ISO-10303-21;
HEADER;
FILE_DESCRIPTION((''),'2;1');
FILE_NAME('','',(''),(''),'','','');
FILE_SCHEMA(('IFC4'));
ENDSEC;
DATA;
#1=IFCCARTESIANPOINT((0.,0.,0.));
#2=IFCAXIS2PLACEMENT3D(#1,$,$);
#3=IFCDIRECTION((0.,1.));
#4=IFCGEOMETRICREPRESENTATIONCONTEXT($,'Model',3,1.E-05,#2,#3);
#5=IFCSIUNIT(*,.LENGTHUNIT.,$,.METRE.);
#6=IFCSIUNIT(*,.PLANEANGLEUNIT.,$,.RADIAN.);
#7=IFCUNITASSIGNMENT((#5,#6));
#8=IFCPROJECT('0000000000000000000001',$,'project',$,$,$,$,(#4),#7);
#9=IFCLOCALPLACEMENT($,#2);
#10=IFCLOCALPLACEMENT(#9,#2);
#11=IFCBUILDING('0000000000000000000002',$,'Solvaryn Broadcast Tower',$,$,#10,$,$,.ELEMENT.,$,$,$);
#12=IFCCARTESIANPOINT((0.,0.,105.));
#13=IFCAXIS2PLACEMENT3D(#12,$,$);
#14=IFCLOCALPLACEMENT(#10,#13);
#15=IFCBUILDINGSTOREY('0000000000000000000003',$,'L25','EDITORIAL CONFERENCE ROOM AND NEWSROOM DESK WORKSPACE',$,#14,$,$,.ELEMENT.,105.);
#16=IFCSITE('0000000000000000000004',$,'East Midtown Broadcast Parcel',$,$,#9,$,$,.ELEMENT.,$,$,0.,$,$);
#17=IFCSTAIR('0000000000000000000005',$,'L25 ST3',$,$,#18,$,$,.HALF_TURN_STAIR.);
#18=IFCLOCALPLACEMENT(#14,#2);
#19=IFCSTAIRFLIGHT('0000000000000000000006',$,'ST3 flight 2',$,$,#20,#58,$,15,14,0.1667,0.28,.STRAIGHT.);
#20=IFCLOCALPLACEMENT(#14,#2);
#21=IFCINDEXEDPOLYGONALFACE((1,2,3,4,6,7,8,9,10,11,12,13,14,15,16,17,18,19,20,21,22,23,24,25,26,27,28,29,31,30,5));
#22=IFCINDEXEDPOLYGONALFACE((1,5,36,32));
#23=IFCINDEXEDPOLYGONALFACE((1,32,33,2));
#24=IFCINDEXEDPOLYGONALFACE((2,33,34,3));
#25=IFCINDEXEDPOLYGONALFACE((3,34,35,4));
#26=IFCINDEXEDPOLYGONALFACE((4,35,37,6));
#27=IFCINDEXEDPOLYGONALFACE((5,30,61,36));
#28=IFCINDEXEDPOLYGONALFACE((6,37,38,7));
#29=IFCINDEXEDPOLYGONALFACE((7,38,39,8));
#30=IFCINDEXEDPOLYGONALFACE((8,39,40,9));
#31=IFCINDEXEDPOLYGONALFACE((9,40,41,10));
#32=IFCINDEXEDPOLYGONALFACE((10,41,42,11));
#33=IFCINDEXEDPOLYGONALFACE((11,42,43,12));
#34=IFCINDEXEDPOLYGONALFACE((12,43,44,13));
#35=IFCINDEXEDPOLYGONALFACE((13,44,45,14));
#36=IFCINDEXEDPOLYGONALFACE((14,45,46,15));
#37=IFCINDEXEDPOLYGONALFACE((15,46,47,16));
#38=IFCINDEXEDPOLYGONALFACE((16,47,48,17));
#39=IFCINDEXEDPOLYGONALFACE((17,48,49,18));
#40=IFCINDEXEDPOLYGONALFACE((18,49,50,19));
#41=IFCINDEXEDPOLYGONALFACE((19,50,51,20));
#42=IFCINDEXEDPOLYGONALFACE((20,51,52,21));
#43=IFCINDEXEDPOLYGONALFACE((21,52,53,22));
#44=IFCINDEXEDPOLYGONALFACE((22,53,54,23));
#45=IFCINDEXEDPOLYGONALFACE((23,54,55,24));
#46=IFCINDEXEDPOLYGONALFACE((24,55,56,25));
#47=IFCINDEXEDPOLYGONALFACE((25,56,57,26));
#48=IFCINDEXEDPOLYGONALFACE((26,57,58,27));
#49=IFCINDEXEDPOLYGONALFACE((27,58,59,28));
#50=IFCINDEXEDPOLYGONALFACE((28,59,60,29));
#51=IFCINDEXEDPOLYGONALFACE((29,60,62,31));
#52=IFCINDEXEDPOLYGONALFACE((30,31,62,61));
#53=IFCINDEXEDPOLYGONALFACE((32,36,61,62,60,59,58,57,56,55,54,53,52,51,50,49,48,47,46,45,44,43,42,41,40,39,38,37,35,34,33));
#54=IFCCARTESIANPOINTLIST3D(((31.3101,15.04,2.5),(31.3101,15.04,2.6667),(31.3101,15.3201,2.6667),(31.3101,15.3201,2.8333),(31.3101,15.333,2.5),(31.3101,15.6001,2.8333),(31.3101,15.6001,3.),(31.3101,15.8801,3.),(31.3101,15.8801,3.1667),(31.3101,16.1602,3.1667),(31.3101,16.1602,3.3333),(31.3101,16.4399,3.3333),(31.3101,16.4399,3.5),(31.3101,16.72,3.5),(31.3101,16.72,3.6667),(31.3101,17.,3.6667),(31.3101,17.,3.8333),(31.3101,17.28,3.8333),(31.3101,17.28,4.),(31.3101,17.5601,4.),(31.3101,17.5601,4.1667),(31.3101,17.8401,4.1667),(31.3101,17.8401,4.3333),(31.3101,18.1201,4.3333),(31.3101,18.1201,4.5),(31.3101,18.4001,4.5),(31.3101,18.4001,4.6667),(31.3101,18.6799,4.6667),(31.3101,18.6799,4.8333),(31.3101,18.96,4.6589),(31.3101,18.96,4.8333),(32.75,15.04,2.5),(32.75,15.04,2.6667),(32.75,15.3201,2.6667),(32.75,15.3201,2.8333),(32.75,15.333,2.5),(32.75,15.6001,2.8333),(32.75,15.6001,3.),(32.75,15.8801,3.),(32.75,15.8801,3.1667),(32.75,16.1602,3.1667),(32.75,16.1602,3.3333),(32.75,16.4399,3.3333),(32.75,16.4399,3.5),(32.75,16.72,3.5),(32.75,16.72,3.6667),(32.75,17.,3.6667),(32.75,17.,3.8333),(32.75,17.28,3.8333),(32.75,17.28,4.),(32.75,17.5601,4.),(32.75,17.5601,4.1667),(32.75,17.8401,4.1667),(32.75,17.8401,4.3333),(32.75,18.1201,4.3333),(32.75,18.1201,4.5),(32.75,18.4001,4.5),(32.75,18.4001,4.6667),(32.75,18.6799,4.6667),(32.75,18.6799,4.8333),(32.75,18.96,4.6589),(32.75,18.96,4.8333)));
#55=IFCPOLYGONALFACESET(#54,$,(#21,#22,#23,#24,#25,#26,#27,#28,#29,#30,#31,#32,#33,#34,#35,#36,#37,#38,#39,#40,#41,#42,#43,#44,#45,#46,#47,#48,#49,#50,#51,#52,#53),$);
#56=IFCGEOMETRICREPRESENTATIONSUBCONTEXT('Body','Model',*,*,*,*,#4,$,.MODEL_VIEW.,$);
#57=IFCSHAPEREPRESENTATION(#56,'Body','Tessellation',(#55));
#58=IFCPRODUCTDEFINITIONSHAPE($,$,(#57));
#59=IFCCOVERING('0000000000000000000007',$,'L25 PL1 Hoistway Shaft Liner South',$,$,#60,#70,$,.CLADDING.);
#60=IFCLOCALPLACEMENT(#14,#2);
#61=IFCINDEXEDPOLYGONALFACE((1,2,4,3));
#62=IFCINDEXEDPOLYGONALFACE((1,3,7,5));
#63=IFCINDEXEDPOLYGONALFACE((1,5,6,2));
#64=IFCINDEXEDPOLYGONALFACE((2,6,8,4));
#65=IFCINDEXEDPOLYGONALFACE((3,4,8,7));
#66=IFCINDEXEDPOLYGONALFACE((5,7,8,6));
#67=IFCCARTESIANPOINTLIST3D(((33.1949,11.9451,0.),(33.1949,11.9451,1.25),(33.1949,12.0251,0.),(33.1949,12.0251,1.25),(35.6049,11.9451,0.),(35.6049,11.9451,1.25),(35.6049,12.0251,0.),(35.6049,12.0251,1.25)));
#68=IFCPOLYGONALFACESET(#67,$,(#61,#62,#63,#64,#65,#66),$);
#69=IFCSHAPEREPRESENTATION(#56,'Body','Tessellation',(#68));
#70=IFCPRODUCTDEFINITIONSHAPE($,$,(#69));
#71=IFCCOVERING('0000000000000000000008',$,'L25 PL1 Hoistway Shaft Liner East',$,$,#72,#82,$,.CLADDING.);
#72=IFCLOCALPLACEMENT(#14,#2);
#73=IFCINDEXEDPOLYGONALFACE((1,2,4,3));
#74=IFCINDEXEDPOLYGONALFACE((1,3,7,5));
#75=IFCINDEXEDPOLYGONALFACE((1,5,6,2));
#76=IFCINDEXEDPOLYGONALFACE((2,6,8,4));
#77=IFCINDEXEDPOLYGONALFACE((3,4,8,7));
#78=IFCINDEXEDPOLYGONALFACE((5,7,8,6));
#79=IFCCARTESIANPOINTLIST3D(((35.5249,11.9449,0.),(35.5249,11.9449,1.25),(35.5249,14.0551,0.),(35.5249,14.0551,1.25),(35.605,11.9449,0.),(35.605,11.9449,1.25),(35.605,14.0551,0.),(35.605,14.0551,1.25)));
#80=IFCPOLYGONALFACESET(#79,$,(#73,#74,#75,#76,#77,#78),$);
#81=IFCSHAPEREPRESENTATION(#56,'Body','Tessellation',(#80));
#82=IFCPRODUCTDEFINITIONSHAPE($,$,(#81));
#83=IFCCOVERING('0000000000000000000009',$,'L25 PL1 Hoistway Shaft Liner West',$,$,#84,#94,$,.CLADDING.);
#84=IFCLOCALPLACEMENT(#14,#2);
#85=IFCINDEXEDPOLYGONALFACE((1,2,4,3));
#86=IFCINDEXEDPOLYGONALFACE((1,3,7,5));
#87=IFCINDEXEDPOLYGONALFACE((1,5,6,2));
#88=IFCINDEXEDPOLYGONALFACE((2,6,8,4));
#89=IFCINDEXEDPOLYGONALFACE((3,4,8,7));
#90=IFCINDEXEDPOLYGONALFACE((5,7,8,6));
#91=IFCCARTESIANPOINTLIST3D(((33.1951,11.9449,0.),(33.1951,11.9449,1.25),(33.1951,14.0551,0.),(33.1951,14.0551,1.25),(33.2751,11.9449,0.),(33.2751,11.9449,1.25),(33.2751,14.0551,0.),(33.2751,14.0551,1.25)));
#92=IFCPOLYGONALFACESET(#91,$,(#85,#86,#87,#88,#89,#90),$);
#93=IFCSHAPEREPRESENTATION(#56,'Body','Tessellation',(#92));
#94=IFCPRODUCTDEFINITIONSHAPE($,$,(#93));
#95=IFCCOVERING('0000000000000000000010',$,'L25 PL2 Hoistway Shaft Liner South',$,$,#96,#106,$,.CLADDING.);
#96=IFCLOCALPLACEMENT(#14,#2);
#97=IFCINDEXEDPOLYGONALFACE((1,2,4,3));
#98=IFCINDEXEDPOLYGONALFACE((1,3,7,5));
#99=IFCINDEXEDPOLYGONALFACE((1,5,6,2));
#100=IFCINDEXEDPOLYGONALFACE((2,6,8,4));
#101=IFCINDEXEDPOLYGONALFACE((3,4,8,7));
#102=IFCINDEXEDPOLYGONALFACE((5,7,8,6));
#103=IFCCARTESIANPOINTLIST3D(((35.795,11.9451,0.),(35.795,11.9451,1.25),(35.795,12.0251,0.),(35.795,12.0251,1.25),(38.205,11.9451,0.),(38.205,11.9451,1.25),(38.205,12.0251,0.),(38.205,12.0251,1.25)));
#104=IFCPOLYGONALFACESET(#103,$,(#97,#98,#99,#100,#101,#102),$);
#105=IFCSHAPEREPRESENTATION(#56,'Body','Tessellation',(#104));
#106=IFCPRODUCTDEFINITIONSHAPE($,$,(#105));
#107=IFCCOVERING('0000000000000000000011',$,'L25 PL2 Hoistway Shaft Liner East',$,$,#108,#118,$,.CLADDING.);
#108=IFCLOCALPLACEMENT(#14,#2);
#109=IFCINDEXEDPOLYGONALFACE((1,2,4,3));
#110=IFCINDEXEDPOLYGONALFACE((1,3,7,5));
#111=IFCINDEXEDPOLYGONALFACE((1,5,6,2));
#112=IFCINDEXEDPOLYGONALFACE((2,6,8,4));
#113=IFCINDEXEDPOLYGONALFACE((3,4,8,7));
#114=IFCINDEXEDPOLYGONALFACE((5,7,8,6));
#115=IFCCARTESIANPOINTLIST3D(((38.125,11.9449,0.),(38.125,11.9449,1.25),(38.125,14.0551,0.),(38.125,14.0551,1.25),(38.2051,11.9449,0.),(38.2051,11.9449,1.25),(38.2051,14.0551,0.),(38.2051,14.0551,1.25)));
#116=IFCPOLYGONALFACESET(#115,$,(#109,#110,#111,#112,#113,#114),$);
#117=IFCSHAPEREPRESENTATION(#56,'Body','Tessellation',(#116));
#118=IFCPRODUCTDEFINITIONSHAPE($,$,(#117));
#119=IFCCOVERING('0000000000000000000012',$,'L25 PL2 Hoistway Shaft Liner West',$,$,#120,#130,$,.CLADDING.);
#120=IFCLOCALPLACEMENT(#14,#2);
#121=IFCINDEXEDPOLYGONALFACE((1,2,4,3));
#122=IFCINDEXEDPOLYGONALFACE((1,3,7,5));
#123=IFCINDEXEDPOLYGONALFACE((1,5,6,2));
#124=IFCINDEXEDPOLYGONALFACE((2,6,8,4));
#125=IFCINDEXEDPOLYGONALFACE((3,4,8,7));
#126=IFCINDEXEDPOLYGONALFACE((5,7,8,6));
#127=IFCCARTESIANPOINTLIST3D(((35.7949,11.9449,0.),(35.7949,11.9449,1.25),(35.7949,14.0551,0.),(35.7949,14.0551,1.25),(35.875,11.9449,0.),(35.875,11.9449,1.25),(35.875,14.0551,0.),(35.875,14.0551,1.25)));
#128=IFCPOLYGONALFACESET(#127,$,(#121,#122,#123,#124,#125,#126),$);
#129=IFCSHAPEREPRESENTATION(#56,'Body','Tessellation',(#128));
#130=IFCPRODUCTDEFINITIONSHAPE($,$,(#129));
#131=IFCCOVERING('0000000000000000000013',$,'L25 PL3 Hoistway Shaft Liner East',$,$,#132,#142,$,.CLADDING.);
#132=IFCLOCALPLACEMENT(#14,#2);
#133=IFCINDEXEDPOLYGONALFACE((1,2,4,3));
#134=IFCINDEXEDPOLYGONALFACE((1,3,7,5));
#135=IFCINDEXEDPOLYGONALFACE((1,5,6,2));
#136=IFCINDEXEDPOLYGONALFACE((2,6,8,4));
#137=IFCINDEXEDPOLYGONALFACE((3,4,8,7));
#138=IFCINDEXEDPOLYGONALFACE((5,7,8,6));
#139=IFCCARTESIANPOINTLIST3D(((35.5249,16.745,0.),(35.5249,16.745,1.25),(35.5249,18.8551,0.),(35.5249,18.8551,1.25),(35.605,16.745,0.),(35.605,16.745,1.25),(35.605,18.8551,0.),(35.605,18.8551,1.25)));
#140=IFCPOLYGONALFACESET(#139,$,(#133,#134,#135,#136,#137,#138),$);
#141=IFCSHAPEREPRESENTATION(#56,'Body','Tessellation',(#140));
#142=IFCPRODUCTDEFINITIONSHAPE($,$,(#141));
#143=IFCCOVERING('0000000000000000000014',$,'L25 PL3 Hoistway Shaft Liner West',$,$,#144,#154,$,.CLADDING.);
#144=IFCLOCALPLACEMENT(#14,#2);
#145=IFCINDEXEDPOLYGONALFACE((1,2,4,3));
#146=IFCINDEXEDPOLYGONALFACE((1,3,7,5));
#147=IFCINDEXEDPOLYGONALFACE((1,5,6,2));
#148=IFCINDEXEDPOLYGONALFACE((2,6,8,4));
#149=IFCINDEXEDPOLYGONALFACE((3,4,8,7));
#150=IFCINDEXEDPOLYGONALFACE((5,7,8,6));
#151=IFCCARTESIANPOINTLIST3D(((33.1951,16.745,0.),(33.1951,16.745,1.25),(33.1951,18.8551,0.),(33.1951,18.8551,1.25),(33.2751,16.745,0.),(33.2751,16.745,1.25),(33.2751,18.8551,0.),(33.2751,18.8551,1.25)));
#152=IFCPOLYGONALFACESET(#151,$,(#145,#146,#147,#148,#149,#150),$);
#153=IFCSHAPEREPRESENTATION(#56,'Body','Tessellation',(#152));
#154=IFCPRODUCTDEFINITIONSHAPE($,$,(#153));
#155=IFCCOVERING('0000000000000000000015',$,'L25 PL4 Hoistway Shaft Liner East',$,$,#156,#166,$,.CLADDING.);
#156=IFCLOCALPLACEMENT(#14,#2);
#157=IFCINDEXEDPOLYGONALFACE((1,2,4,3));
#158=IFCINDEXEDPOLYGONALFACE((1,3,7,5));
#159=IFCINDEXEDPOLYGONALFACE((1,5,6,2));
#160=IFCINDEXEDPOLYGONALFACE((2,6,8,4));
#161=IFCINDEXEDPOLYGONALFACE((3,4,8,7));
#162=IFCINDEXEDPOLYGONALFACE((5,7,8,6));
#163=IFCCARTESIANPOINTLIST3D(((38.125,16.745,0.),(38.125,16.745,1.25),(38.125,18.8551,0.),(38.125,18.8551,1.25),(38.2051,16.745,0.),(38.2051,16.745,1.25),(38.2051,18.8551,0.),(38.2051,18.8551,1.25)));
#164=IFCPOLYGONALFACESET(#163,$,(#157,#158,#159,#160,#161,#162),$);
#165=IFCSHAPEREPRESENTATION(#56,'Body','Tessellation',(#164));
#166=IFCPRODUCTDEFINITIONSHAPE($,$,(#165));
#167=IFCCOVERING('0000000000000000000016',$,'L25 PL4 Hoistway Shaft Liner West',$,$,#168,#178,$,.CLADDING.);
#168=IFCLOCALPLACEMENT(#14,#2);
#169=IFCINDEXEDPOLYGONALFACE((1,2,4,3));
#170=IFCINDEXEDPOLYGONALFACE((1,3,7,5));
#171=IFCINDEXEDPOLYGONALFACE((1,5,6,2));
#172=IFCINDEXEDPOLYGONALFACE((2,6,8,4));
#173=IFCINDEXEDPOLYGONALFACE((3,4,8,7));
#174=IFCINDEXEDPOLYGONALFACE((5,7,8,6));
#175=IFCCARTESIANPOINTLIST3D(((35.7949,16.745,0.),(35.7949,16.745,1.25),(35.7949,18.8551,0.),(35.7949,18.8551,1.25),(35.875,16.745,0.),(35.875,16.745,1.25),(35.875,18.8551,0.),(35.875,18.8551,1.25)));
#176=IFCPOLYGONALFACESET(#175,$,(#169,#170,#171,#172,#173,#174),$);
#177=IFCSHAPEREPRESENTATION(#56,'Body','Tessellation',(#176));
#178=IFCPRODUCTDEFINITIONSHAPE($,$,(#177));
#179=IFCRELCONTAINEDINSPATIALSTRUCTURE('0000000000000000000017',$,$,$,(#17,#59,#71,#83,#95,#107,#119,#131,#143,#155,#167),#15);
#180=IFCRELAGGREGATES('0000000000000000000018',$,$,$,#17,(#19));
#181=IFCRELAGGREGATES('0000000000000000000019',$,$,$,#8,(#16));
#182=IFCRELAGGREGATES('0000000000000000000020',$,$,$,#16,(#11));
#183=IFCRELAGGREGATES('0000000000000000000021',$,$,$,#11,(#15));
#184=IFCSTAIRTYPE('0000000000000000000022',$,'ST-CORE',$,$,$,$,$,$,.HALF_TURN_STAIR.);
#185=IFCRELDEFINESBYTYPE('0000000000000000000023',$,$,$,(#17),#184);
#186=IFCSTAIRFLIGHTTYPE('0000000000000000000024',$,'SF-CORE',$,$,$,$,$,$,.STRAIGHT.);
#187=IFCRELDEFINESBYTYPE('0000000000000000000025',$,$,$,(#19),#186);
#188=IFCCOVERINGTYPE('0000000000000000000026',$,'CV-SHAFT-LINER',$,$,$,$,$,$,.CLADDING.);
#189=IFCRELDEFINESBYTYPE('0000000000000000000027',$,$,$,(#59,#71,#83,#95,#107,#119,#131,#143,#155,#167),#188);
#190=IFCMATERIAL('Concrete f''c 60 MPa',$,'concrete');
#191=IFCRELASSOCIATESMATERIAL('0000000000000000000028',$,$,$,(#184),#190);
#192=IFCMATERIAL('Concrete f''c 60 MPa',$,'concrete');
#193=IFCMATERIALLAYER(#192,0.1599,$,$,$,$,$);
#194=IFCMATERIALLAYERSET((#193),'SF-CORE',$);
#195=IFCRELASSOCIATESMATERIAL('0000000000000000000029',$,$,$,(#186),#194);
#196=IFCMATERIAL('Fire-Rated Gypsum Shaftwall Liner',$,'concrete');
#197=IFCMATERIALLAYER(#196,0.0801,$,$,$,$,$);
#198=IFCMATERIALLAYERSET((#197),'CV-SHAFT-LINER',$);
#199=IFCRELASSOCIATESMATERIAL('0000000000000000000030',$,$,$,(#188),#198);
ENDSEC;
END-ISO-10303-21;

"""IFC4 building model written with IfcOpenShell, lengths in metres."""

from ifc_helpers import new_model, si_unit, direction, frame, origin, origin_2d, place, context, subcontext, project, spatial, polyline, rectangle, outline, extrude, material, layer, layer_set, type_object, element, aggregate, save


model = new_model("IFC4")

# Units and contexts
model_context = context("Model", 3, precision=1e-05, world=origin(), true_north=direction((0.0, 1.0)))
body_context = subcontext(model_context, "Body", "Model", "MODEL_VIEW")
ifc_project = project(units=[si_unit("LENGTHUNIT", "METRE"), si_unit("PLANEANGLEUNIT", "RADIAN")], contexts=[model_context])

# Site, building, storey
site_placement = place(None, origin())
site = spatial("IfcSite", under=ifc_project, at=site_placement, Name="East Midtown Broadcast Parcel", CompositionType="ELEMENT", RefElevation=0.0)
building_placement = place(site_placement, origin())
building = spatial("IfcBuilding", under=site, at=building_placement, Name="Solvaryn Broadcast Tower", CompositionType="ELEMENT")
storey_placement = place(building_placement, frame((0.0, 0.0, 105.0)))
storey = spatial("IfcBuildingStorey", under=building, at=storey_placement, Name="L25", Description="EDITORIAL CONFERENCE ROOM AND NEWSROOM DESK WORKSPACE", CompositionType="ELEMENT", Elevation=105.0)

# Stair, stair flight
ifc_material_1 = material(Name="Concrete f'c 60 MPa", Category="concrete")
stair_type = type_object("IfcStairType", Name="ST-CORE", PredefinedType="HALF_TURN_STAIR", material=ifc_material_1)
stair_placement = place(storey_placement, origin())
stair = element("IfcStair", 1, at=stair_placement, inside=storey, type_object=stair_type, Name="L25 ST3", PredefinedType="HALF_TURN_STAIR")
ifc_material_2 = material(Name="Concrete f'c 60 MPa", Category="concrete")
ifc_layer_1 = layer(ifc_material_2, 0.1599)
ifc_layer_set_1 = layer_set([ifc_layer_1], Name="SF-CORE")
stair_flight_type = type_object("IfcStairFlightType", Name="SF-CORE", PredefinedType="STRAIGHT", material=ifc_layer_set_1)
stair_flight_placement = place(storey_placement, frame((32.03, 15.04, 2.5), z_axis=(0.0, 0.0, 1.0), x_axis=(0.0, 1.0, 0.0)))
stair_flight = element("IfcStairFlight", 2, at=stair_flight_placement, type_object=stair_flight_type, Name="ST3 flight 2", NumberOfRisers=15, NumberOfTreads=14, PredefinedType="STRAIGHT", RiserHeight=0.1667, TreadLength=0.28, context=body_context, shape_type="SweptSolid", body=[
    extrude(outline(polyline([(0.0, 0.0), (0.0, 0.1667), (0.28, 0.1667), (0.28, 0.3333), (0.5601, 0.3333), (0.5601, 0.5), (0.8401, 0.5), (0.8401, 0.6667), (1.1201, 0.6667), (1.1201, 0.8333), (1.3999, 0.8333), (1.3999, 1.0), (1.6799, 1.0), (1.6799, 1.1667), (1.96, 1.1667), (1.96, 1.3333), (2.24, 1.3333), (2.24, 1.5), (2.52, 1.5), (2.52, 1.6667), (2.8, 1.6667), (2.8, 1.8333), (3.0801, 1.8333), (3.0801, 2.0), (3.3601, 2.0), (3.3601, 2.1667), (3.6399, 2.1667), (3.6399, 2.3333), (3.9199, 2.3333), (3.9199, 2.5), (3.9199, 2.1589), (0.293, 0.0), (0.0, 0.0)])), frame((0.0, 0.72, 0.0), z_axis=(0.0, -1.0, 0.0), x_axis=(1.0, 0.0, 0.0)), (0.0, 0.0, 1.0), 1.4399),
])
aggregate(stair, [stair_flight])

# Coverings
ifc_material_3 = material(Name="Fire-Rated Gypsum Shaftwall Liner", Category="concrete")
ifc_layer_2 = layer(ifc_material_3, 0.0801)
ifc_layer_set_2 = layer_set([ifc_layer_2], Name="CV-SHAFT-LINER")
covering_type = type_object("IfcCoveringType", Name="CV-SHAFT-LINER", PredefinedType="CLADDING", material=ifc_layer_set_2)
covering_1_placement = place(storey_placement, frame((34.3999, 11.9851, 0.0), z_axis=(0.0, 0.0, 1.0), x_axis=(1.0, 0.0, 0.0)))
element("IfcCovering", 3, at=covering_1_placement, inside=storey, type_object=covering_type, Name="L25 PL1 Hoistway Shaft Liner South", PredefinedType="CLADDING", context=body_context, shape_type="SweptSolid", body=[
    extrude(rectangle(XDim=2.4099, YDim=0.0801, at=origin_2d()), origin(), (0.0, 0.0, 1.0), 1.25),
])
for number, where, z_axis, x_axis, name in (
    (4, (35.5649, 13.0, 0.0), (0.0, 0.0, 1.0), (1.0, 0.0, 0.0), "L25 PL1 Hoistway Shaft Liner East"),
    (5, (33.2351, 13.0, 0.0), (0.0, 0.0, 1.0), (1.0, 0.0, 0.0), "L25 PL1 Hoistway Shaft Liner West"),
):
    element("IfcCovering", number, at=place(storey_placement, frame(where, z_axis=z_axis, x_axis=x_axis)), inside=storey, type_object=covering_type, Name=name, PredefinedType="CLADDING", context=body_context, shape_type="SweptSolid", body=[
        extrude(rectangle(XDim=0.0801, YDim=2.1101, at=origin_2d()), origin(), (0.0, 0.0, 1.0), 1.25),
    ])
covering_2_placement = place(storey_placement, frame((37.0, 11.9851, 0.0), z_axis=(0.0, 0.0, 1.0), x_axis=(1.0, 0.0, 0.0)))
element("IfcCovering", 6, at=covering_2_placement, inside=storey, type_object=covering_type, Name="L25 PL2 Hoistway Shaft Liner South", PredefinedType="CLADDING", context=body_context, shape_type="SweptSolid", body=[
    extrude(rectangle(XDim=2.4099, YDim=0.0801, at=origin_2d()), origin(), (0.0, 0.0, 1.0), 1.25),
])
for number, where, z_axis, x_axis, name in (
    (7, (38.165, 13.0, 0.0), (0.0, 0.0, 1.0), (1.0, 0.0, 0.0), "L25 PL2 Hoistway Shaft Liner East"),
    (8, (35.835, 13.0, 0.0), (0.0, 0.0, 1.0), (1.0, 0.0, 0.0), "L25 PL2 Hoistway Shaft Liner West"),
    (9, (35.5649, 17.8, 0.0), (0.0, 0.0, 1.0), (1.0, 0.0, 0.0), "L25 PL3 Hoistway Shaft Liner East"),
    (10, (33.2351, 17.8, 0.0), (0.0, 0.0, 1.0), (1.0, 0.0, 0.0), "L25 PL3 Hoistway Shaft Liner West"),
    (11, (38.165, 17.8, 0.0), (0.0, 0.0, 1.0), (1.0, 0.0, 0.0), "L25 PL4 Hoistway Shaft Liner East"),
    (12, (35.835, 17.8, 0.0), (0.0, 0.0, 1.0), (1.0, 0.0, 0.0), "L25 PL4 Hoistway Shaft Liner West"),
):
    element("IfcCovering", number, at=place(storey_placement, frame(where, z_axis=z_axis, x_axis=x_axis)), inside=storey, type_object=covering_type, Name=name, PredefinedType="CLADDING", context=body_context, shape_type="SweptSolid", body=[
        extrude(rectangle(XDim=0.0801, YDim=2.1101, at=origin_2d()), origin(), (0.0, 0.0, 1.0), 1.25),
    ])

save(model, "model.ifc")
